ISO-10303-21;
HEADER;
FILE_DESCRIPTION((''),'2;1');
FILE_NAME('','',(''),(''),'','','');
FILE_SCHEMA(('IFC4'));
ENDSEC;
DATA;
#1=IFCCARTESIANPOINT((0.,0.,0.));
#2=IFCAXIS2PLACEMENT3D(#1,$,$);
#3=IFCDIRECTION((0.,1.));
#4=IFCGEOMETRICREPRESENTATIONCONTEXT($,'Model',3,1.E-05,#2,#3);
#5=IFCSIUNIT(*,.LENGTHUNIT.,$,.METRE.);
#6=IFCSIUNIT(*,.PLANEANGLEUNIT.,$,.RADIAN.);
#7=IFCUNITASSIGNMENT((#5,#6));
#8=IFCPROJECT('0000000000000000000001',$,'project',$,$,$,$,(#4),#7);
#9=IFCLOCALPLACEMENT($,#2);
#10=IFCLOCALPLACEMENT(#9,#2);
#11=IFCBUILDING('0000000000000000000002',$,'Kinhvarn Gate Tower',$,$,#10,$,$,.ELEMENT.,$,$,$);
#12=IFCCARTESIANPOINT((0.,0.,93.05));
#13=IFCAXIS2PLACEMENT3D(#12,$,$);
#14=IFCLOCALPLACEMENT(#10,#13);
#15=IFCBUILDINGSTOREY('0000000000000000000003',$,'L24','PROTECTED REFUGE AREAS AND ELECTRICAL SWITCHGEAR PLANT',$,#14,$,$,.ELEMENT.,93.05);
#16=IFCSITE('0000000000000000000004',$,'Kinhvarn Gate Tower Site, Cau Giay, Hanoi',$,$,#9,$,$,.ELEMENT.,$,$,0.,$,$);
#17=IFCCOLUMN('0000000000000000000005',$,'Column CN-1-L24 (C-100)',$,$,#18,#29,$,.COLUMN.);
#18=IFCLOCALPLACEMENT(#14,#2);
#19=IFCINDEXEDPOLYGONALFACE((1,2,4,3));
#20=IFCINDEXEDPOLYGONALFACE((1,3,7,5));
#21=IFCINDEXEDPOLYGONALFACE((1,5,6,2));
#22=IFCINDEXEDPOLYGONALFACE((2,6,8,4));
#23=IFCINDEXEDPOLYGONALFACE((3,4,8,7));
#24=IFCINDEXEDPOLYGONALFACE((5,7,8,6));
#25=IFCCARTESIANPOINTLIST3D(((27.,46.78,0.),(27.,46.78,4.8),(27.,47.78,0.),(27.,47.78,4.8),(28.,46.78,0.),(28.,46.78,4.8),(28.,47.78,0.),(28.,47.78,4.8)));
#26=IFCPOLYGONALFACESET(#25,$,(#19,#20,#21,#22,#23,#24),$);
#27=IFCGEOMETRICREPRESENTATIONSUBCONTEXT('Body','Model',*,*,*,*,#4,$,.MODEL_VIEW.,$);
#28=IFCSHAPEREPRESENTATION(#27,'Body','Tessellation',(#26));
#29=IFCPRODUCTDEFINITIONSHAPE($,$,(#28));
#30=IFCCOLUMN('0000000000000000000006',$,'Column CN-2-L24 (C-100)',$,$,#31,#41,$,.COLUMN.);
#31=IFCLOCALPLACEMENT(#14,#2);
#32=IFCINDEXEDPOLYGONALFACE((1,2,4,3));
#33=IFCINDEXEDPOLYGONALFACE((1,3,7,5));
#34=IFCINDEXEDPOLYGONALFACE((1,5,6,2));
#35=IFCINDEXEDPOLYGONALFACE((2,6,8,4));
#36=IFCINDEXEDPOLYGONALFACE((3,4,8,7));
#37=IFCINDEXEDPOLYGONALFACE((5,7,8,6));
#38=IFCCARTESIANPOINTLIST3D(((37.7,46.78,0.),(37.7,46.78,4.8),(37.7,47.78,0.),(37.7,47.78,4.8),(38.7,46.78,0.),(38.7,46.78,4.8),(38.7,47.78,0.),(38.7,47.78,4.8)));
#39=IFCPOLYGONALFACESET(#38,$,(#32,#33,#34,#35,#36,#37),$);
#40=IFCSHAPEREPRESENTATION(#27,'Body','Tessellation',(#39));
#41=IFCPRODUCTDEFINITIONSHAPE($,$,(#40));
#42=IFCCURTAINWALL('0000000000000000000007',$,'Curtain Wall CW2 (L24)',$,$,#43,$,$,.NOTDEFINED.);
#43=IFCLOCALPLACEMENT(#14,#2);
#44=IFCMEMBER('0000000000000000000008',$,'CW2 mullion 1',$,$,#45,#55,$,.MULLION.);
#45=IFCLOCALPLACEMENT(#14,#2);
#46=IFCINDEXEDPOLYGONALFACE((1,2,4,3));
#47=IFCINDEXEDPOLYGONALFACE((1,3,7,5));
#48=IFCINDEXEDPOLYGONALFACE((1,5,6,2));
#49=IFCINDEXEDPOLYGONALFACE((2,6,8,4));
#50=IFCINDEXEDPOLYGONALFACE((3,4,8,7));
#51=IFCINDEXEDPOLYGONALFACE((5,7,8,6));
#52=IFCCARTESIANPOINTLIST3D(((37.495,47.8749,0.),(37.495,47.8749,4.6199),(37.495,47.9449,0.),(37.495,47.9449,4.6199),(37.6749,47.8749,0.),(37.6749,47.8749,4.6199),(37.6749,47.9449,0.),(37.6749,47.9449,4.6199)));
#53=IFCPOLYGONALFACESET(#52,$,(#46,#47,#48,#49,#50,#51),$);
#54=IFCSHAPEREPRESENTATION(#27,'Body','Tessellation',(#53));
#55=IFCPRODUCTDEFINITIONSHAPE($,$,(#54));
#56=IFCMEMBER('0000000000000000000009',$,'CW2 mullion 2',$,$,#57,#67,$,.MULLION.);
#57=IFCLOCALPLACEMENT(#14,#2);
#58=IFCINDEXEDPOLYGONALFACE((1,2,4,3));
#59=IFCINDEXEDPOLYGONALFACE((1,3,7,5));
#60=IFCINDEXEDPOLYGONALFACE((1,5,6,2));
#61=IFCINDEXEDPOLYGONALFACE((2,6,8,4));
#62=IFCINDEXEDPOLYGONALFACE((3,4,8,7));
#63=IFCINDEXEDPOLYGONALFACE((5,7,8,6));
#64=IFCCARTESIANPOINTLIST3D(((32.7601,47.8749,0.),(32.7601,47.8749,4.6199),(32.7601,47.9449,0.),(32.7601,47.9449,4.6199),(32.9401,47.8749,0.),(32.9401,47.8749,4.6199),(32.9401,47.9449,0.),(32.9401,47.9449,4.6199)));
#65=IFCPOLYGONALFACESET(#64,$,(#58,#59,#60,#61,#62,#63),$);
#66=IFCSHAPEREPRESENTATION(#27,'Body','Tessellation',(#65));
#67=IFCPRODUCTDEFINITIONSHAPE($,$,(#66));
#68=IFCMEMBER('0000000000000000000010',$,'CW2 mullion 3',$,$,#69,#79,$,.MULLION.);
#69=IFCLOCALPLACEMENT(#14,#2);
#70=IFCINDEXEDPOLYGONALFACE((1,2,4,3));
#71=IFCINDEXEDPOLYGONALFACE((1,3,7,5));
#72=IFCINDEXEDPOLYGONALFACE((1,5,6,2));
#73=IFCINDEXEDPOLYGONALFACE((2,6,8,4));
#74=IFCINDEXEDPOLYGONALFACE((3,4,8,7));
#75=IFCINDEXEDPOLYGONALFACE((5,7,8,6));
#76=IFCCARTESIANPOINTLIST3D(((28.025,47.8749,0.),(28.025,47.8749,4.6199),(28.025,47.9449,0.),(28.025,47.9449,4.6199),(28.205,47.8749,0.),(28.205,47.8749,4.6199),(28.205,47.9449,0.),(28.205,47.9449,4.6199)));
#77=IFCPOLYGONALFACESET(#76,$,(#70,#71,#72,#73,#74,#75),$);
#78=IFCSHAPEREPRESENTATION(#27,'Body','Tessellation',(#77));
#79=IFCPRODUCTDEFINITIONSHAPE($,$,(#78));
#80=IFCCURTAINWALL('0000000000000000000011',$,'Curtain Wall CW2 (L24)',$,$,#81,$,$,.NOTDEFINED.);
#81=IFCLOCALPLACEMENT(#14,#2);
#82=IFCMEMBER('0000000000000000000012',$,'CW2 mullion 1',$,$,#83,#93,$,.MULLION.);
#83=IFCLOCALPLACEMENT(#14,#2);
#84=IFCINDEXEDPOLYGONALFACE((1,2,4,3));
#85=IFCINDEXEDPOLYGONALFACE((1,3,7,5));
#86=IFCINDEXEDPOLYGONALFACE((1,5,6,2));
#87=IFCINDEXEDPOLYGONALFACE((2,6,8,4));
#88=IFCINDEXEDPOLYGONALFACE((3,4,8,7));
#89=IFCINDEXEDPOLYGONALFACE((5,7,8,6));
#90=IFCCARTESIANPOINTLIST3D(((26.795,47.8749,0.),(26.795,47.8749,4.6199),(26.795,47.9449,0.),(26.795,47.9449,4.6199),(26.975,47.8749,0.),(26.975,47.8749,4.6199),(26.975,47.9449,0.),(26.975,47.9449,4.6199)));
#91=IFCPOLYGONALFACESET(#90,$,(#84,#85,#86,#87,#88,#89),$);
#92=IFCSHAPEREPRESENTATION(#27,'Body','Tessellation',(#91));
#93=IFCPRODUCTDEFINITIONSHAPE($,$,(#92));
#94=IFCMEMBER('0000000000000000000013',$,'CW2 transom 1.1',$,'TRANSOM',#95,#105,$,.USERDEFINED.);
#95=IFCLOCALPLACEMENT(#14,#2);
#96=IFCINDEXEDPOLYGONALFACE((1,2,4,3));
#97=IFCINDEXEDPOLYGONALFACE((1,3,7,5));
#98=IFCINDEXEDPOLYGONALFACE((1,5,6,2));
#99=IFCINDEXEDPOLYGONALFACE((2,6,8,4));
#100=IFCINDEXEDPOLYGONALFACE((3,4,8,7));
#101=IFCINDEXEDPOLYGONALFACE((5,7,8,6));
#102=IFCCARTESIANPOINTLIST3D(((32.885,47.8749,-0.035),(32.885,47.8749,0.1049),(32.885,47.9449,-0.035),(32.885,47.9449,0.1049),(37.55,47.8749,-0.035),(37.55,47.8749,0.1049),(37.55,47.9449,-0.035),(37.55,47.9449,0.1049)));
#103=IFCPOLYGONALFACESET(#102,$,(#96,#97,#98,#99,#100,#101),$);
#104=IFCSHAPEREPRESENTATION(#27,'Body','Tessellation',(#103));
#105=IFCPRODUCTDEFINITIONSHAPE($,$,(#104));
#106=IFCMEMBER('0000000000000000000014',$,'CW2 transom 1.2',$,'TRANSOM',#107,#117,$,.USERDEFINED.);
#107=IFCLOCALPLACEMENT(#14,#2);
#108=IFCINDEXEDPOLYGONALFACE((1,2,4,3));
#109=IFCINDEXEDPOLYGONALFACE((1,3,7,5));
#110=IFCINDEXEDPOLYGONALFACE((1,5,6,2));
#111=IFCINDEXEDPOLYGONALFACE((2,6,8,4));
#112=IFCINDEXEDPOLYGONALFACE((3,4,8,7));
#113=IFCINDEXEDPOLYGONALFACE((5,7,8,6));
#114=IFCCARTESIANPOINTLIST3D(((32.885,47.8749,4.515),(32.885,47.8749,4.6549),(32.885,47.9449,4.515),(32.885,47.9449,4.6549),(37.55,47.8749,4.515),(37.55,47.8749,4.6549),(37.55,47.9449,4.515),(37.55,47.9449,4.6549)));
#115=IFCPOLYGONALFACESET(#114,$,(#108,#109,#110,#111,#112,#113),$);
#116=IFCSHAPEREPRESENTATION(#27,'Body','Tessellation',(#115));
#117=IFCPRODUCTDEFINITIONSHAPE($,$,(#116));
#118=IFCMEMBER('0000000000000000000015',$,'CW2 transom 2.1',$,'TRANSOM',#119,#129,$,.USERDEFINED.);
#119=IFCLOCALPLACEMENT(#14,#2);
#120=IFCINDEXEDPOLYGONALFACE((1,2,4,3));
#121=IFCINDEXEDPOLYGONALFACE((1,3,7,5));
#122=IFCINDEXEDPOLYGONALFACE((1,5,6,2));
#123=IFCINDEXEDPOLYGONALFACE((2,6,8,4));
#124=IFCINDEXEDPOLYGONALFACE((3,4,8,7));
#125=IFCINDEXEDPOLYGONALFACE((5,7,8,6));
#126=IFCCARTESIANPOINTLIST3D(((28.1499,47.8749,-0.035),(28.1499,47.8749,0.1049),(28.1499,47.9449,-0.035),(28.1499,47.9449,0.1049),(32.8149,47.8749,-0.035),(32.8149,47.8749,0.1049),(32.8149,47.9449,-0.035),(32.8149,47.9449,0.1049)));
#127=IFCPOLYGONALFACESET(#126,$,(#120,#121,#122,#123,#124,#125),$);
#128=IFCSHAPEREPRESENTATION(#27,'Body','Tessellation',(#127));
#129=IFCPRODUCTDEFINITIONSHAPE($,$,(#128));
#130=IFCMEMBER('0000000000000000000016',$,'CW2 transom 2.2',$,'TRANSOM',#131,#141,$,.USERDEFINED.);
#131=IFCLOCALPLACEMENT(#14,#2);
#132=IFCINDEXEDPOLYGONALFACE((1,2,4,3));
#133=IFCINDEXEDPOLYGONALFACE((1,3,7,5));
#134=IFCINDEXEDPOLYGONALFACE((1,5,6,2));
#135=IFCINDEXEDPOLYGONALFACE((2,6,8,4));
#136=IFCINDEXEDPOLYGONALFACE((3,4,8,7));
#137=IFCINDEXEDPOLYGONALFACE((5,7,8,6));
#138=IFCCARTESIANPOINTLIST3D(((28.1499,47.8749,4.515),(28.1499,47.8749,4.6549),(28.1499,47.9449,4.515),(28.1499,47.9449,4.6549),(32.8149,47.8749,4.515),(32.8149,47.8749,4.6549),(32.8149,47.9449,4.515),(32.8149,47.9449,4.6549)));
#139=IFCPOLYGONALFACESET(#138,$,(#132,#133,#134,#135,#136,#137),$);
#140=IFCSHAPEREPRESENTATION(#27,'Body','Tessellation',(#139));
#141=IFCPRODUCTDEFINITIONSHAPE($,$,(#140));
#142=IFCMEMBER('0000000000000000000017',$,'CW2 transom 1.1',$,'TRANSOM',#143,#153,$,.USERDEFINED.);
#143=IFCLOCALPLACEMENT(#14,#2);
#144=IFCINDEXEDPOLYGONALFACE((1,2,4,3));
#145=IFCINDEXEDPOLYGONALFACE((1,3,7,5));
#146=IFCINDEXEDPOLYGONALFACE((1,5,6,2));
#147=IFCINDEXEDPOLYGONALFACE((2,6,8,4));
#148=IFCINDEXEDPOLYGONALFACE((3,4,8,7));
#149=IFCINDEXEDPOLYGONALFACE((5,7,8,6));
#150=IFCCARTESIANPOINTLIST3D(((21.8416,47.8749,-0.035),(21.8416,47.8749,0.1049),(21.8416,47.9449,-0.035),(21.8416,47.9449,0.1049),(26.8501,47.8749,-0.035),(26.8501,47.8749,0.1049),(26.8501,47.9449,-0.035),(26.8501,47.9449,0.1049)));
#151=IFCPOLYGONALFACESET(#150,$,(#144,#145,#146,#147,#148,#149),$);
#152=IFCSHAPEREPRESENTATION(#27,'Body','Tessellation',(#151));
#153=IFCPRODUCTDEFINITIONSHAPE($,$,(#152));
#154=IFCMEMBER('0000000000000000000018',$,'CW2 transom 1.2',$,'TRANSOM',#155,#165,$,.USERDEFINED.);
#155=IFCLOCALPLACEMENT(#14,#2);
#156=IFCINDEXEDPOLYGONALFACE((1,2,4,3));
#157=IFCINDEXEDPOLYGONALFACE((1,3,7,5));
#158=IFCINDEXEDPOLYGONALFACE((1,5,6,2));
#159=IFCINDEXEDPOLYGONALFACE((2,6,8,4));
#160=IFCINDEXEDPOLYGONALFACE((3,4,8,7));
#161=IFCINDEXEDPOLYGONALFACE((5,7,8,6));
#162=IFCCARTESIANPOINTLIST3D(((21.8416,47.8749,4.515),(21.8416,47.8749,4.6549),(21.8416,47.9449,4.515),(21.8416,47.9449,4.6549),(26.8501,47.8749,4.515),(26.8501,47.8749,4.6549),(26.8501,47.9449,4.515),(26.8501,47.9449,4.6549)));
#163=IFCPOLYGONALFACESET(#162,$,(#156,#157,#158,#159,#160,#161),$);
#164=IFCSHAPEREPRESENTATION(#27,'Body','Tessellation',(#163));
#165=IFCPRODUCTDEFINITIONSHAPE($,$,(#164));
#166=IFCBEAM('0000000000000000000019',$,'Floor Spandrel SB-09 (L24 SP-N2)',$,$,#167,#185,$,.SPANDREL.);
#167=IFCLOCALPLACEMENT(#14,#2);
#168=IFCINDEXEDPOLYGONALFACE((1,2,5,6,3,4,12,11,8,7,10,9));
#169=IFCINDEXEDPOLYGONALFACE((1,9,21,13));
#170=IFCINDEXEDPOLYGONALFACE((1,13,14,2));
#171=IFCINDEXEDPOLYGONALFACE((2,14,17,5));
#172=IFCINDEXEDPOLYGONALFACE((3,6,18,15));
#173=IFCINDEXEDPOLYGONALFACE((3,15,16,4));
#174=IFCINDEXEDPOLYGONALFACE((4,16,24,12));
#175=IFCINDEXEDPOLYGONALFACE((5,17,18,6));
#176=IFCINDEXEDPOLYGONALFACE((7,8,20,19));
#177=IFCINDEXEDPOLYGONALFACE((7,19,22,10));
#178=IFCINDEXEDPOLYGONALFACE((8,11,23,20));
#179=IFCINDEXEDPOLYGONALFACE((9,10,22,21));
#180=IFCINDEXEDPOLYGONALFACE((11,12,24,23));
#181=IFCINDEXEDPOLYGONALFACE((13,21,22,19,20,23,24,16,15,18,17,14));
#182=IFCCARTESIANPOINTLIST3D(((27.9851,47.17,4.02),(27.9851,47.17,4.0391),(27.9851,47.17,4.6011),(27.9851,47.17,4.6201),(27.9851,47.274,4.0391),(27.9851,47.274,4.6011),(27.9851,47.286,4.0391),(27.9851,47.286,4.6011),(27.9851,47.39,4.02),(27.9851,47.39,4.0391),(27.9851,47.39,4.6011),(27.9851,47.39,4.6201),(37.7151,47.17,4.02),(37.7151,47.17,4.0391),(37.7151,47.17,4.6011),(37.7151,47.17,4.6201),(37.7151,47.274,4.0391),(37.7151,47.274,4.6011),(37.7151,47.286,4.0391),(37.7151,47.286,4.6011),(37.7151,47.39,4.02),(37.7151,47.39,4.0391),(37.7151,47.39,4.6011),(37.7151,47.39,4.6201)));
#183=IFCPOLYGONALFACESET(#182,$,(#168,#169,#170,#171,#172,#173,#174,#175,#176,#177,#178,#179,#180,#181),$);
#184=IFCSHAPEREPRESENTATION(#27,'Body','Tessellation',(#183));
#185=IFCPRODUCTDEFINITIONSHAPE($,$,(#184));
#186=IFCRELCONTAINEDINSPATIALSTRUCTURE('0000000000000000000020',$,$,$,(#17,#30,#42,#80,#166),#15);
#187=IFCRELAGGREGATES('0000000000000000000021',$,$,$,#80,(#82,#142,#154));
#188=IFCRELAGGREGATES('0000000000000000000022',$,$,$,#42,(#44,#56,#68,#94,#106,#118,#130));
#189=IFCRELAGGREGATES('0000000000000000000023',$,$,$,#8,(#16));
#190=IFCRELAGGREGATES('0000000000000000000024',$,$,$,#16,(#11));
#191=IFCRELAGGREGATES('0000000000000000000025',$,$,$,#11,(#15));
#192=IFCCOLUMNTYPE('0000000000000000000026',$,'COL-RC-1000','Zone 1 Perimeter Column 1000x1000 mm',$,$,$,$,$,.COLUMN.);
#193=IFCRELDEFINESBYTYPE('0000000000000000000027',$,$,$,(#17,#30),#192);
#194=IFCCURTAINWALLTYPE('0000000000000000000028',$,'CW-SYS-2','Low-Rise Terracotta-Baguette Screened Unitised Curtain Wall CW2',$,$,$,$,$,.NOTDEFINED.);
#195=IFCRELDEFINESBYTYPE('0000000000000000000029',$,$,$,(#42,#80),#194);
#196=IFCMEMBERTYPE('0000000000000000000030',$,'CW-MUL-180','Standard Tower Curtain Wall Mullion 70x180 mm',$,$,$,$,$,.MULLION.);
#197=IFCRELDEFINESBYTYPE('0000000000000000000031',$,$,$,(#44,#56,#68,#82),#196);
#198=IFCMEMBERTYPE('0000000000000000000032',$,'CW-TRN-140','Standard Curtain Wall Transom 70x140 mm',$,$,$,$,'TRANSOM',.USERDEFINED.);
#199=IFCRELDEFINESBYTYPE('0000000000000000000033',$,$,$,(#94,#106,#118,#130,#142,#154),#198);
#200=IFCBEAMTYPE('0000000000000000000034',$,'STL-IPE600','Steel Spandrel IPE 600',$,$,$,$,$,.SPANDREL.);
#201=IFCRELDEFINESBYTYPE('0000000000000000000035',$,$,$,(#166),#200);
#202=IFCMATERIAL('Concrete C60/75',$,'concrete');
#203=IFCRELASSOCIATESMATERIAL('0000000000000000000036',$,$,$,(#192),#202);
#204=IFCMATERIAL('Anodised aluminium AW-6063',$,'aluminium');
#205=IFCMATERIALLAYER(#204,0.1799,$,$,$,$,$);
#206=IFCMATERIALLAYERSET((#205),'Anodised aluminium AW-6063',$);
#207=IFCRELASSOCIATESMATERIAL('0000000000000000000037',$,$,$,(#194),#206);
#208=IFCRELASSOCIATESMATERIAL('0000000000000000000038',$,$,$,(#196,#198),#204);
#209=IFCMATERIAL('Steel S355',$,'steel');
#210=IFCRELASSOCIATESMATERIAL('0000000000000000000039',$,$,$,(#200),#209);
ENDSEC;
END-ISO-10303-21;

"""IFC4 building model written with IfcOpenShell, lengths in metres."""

from ifc_helpers import new_model, si_unit, direction, frame, origin, origin_2d, place, context, subcontext, project, spatial, rectangle, i_section, extrude, material, layer, layer_set, material_profile, profile_set, type_object, element, aggregate, save


model = new_model("IFC4")

# Units and contexts
model_context = context("Model", 3, precision=1e-05, world=origin(), true_north=direction((0.0, 1.0)))
body_context = subcontext(model_context, "Body", "Model", "MODEL_VIEW")
ifc_project = project(units=[si_unit("LENGTHUNIT", "METRE"), si_unit("PLANEANGLEUNIT", "RADIAN")], contexts=[model_context])

# Site, building, storey
site_placement = place(None, origin())
site = spatial("IfcSite", under=ifc_project, at=site_placement, Name="Kinhvarn Gate Tower Site, Cau Giay, Hanoi", CompositionType="ELEMENT", RefElevation=0.0)
building_placement = place(site_placement, origin())
building = spatial("IfcBuilding", under=site, at=building_placement, Name="Kinhvarn Gate Tower", CompositionType="ELEMENT")
storey_placement = place(building_placement, frame((0.0, 0.0, 93.05)))
storey = spatial("IfcBuildingStorey", under=building, at=storey_placement, Name="L24", Description="PROTECTED REFUGE AREAS AND ELECTRICAL SWITCHGEAR PLANT", CompositionType="ELEMENT", Elevation=93.05)

# Columns
ifc_material_1 = material(Name="Concrete C60/75", Category="concrete")
ifc_material_profile_1 = material_profile(ifc_material_1, rectangle(XDim=1.0, YDim=1.0, at=origin_2d()), Name="RC 1000x1000")
ifc_profile_set_1 = profile_set([ifc_material_profile_1], Name="Concrete C60/75")
column_type = type_object("IfcColumnType", Name="COL-RC-1000", Description="Zone 1 Perimeter Column 1000x1000 mm", PredefinedType="COLUMN", material=ifc_profile_set_1)
for number, where, z_axis, x_axis, name in (
    (1, (27.5, 47.28, 0.0), (0.0, 0.0, 1.0), (1.0, 0.0, 0.0), "Column CN-1-L24 (C-100)"),
    (2, (38.2, 47.28, 0.0), (0.0, 0.0, 1.0), (1.0, 0.0, 0.0), "Column CN-2-L24 (C-100)"),
):
    element("IfcColumn", number, at=place(storey_placement, frame(where, z_axis=z_axis, x_axis=x_axis)), inside=storey, type_object=column_type, Name=name, PredefinedType="COLUMN", context=body_context, shape_type="SweptSolid", body=[
        extrude(rectangle(XDim=1.0, YDim=1.0, at=origin_2d()), origin(), (0.0, 0.0, 1.0), 4.8),
    ])

# Curtain wall, members
ifc_material_2 = material(Name="Anodised aluminium AW-6063", Category="aluminium")
ifc_layer_1 = layer(ifc_material_2, 0.1799)
ifc_layer_set_1 = layer_set([ifc_layer_1], Name="Anodised aluminium AW-6063")
curtain_wall_type = type_object("IfcCurtainWallType", Name="CW-SYS-2", Description="Low-Rise Terracotta-Baguette Screened Unitised Curtain Wall CW2", PredefinedType="NOTDEFINED", material=ifc_layer_set_1)
curtain_wall_1_placement = place(storey_placement, origin())
curtain_wall_1 = element("IfcCurtainWall", 3, at=curtain_wall_1_placement, inside=storey, type_object=curtain_wall_type, Name="Curtain Wall CW2 (L24)", PredefinedType="NOTDEFINED")
ifc_material_profile_2 = material_profile(ifc_material_2, rectangle(XDim=0.0701, YDim=0.1799, at=origin_2d()), Name="ALU 70x180")
ifc_profile_set_2 = profile_set([ifc_material_profile_2], Name="Anodised aluminium AW-6063")
member_type_1 = type_object("IfcMemberType", Name="CW-MUL-180", Description="Standard Tower Curtain Wall Mullion 70x180 mm", PredefinedType="MULLION", material=ifc_profile_set_2)
member_1_placement = place(storey_placement, frame((37.585, 47.9099, 0.0), z_axis=(0.0, 0.0, 1.0), x_axis=(0.0, -1.0, 0.0)))
member_1 = element("IfcMember", 4, at=member_1_placement, type_object=member_type_1, Name="CW2 mullion 1", PredefinedType="MULLION", context=body_context, shape_type="SweptSolid", body=[
    extrude(rectangle(XDim=0.0701, YDim=0.1799, at=origin_2d()), origin(), (0.0, 0.0, 1.0), 4.6199),
])
member_2_placement = place(storey_placement, frame((32.8501, 47.9099, 0.0), z_axis=(0.0, 0.0, 1.0), x_axis=(0.0, -1.0, 0.0)))
member_2 = element("IfcMember", 5, at=member_2_placement, type_object=member_type_1, Name="CW2 mullion 2", PredefinedType="MULLION", context=body_context, shape_type="SweptSolid", body=[
    extrude(rectangle(XDim=0.0701, YDim=0.1799, at=origin_2d()), origin(), (0.0, 0.0, 1.0), 4.6199),
])
member_3_placement = place(storey_placement, frame((28.115, 47.9099, 0.0), z_axis=(0.0, 0.0, 1.0), x_axis=(0.0, -1.0, 0.0)))
member_3 = element("IfcMember", 6, at=member_3_placement, type_object=member_type_1, Name="CW2 mullion 3", PredefinedType="MULLION", context=body_context, shape_type="SweptSolid", body=[
    extrude(rectangle(XDim=0.0701, YDim=0.1799, at=origin_2d()), origin(), (0.0, 0.0, 1.0), 4.6199),
])

# Curtain wall, member
curtain_wall_2_placement = place(storey_placement, origin())
curtain_wall_2 = element("IfcCurtainWall", 7, at=curtain_wall_2_placement, inside=storey, type_object=curtain_wall_type, Name="Curtain Wall CW2 (L24)", PredefinedType="NOTDEFINED")
member_4_placement = place(storey_placement, frame((26.885, 47.9099, 0.0), z_axis=(0.0, 0.0, 1.0), x_axis=(0.0, -1.0, 0.0)))
member_4 = element("IfcMember", 8, at=member_4_placement, type_object=member_type_1, Name="CW2 mullion 1", PredefinedType="MULLION", context=body_context, shape_type="SweptSolid", body=[
    extrude(rectangle(XDim=0.0701, YDim=0.1799, at=origin_2d()), origin(), (0.0, 0.0, 1.0), 4.6199),
])

# Members
ifc_material_profile_3 = material_profile(ifc_material_2, rectangle(XDim=0.0701, YDim=0.1399, at=origin_2d()), Name="ALU 70x140")
ifc_profile_set_3 = profile_set([ifc_material_profile_3], Name="Anodised aluminium AW-6063")
member_type_2 = type_object("IfcMemberType", Name="CW-TRN-140", Description="Standard Curtain Wall Transom 70x140 mm", ElementType="TRANSOM", PredefinedType="USERDEFINED", material=ifc_profile_set_3)
member_5_placement = place(storey_placement, frame((37.55, 47.9099, 0.0349), z_axis=(-1.0, 0.0, 0.0), x_axis=(0.0, -1.0, 0.0)))
member_5 = element("IfcMember", 9, at=member_5_placement, type_object=member_type_2, Name="CW2 transom 1.1", ObjectType="TRANSOM", PredefinedType="USERDEFINED", context=body_context, shape_type="SweptSolid", body=[
    extrude(rectangle(XDim=0.0701, YDim=0.1399, at=origin_2d()), origin(), (0.0, 0.0, 1.0), 4.665),
])
member_6_placement = place(storey_placement, frame((37.55, 47.9099, 4.585), z_axis=(-1.0, 0.0, 0.0), x_axis=(0.0, -1.0, 0.0)))
member_6 = element("IfcMember", 10, at=member_6_placement, type_object=member_type_2, Name="CW2 transom 1.2", ObjectType="TRANSOM", PredefinedType="USERDEFINED", context=body_context, shape_type="SweptSolid", body=[
    extrude(rectangle(XDim=0.0701, YDim=0.1399, at=origin_2d()), origin(), (0.0, 0.0, 1.0), 4.665),
])
member_7_placement = place(storey_placement, frame((32.8149, 47.9099, 0.0349), z_axis=(-1.0, 0.0, 0.0), x_axis=(0.0, -1.0, 0.0)))
member_7 = element("IfcMember", 11, at=member_7_placement, type_object=member_type_2, Name="CW2 transom 2.1", ObjectType="TRANSOM", PredefinedType="USERDEFINED", context=body_context, shape_type="SweptSolid", body=[
    extrude(rectangle(XDim=0.0701, YDim=0.1399, at=origin_2d()), origin(), (0.0, 0.0, 1.0), 4.665),
])
member_8_placement = place(storey_placement, frame((32.8149, 47.9099, 4.585), z_axis=(-1.0, 0.0, 0.0), x_axis=(0.0, -1.0, 0.0)))
member_8 = element("IfcMember", 12, at=member_8_placement, type_object=member_type_2, Name="CW2 transom 2.2", ObjectType="TRANSOM", PredefinedType="USERDEFINED", context=body_context, shape_type="SweptSolid", body=[
    extrude(rectangle(XDim=0.0701, YDim=0.1399, at=origin_2d()), origin(), (0.0, 0.0, 1.0), 4.665),
])
member_9_placement = place(storey_placement, frame((26.8501, 47.9099, 0.0349), z_axis=(-1.0, 0.0, 0.0), x_axis=(0.0, -1.0, 0.0)))
member_9 = element("IfcMember", 13, at=member_9_placement, type_object=member_type_2, Name="CW2 transom 1.1", ObjectType="TRANSOM", PredefinedType="USERDEFINED", context=body_context, shape_type="SweptSolid", body=[
    extrude(rectangle(XDim=0.0701, YDim=0.1399, at=origin_2d()), origin(), (0.0, 0.0, 1.0), 5.0085),
])
member_10_placement = place(storey_placement, frame((26.8501, 47.9099, 4.585), z_axis=(-1.0, 0.0, 0.0), x_axis=(0.0, -1.0, 0.0)))
member_10 = element("IfcMember", 14, at=member_10_placement, type_object=member_type_2, Name="CW2 transom 1.2", ObjectType="TRANSOM", PredefinedType="USERDEFINED", context=body_context, shape_type="SweptSolid", body=[
    extrude(rectangle(XDim=0.0701, YDim=0.1399, at=origin_2d()), origin(), (0.0, 0.0, 1.0), 5.0085),
])
aggregate(curtain_wall_2, [member_4, member_9, member_10])

# Beam
ifc_material_3 = material(Name="Steel S355", Category="steel")
ifc_material_profile_4 = material_profile(ifc_material_3, i_section(OverallWidth=0.22, OverallDepth=0.6001, WebThickness=0.012, FlangeThickness=0.019, at=origin_2d()), Name="IPE 600")
ifc_profile_set_4 = profile_set([ifc_material_profile_4], Name="Steel S355")
beam_type = type_object("IfcBeamType", Name="STL-IPE600", Description="Steel Spandrel IPE 600", PredefinedType="SPANDREL", material=ifc_profile_set_4)
beam_placement = place(storey_placement, frame((27.9851, 47.28, 4.3201), z_axis=(1.0, 0.0, 0.0), x_axis=(0.0, 1.0, 0.0)))
element("IfcBeam", 15, at=beam_placement, inside=storey, type_object=beam_type, Name="Floor Spandrel SB-09 (L24 SP-N2)", PredefinedType="SPANDREL", context=body_context, shape_type="SweptSolid", body=[
    extrude(i_section(OverallWidth=0.22, OverallDepth=0.6001, WebThickness=0.012, FlangeThickness=0.019, at=origin_2d()), origin(), (0.0, 0.0, 1.0), 9.73),
])

aggregate(curtain_wall_1, [member_1, member_2, member_3, member_5, member_6, member_7, member_8])

save(model, "model.ifc")
